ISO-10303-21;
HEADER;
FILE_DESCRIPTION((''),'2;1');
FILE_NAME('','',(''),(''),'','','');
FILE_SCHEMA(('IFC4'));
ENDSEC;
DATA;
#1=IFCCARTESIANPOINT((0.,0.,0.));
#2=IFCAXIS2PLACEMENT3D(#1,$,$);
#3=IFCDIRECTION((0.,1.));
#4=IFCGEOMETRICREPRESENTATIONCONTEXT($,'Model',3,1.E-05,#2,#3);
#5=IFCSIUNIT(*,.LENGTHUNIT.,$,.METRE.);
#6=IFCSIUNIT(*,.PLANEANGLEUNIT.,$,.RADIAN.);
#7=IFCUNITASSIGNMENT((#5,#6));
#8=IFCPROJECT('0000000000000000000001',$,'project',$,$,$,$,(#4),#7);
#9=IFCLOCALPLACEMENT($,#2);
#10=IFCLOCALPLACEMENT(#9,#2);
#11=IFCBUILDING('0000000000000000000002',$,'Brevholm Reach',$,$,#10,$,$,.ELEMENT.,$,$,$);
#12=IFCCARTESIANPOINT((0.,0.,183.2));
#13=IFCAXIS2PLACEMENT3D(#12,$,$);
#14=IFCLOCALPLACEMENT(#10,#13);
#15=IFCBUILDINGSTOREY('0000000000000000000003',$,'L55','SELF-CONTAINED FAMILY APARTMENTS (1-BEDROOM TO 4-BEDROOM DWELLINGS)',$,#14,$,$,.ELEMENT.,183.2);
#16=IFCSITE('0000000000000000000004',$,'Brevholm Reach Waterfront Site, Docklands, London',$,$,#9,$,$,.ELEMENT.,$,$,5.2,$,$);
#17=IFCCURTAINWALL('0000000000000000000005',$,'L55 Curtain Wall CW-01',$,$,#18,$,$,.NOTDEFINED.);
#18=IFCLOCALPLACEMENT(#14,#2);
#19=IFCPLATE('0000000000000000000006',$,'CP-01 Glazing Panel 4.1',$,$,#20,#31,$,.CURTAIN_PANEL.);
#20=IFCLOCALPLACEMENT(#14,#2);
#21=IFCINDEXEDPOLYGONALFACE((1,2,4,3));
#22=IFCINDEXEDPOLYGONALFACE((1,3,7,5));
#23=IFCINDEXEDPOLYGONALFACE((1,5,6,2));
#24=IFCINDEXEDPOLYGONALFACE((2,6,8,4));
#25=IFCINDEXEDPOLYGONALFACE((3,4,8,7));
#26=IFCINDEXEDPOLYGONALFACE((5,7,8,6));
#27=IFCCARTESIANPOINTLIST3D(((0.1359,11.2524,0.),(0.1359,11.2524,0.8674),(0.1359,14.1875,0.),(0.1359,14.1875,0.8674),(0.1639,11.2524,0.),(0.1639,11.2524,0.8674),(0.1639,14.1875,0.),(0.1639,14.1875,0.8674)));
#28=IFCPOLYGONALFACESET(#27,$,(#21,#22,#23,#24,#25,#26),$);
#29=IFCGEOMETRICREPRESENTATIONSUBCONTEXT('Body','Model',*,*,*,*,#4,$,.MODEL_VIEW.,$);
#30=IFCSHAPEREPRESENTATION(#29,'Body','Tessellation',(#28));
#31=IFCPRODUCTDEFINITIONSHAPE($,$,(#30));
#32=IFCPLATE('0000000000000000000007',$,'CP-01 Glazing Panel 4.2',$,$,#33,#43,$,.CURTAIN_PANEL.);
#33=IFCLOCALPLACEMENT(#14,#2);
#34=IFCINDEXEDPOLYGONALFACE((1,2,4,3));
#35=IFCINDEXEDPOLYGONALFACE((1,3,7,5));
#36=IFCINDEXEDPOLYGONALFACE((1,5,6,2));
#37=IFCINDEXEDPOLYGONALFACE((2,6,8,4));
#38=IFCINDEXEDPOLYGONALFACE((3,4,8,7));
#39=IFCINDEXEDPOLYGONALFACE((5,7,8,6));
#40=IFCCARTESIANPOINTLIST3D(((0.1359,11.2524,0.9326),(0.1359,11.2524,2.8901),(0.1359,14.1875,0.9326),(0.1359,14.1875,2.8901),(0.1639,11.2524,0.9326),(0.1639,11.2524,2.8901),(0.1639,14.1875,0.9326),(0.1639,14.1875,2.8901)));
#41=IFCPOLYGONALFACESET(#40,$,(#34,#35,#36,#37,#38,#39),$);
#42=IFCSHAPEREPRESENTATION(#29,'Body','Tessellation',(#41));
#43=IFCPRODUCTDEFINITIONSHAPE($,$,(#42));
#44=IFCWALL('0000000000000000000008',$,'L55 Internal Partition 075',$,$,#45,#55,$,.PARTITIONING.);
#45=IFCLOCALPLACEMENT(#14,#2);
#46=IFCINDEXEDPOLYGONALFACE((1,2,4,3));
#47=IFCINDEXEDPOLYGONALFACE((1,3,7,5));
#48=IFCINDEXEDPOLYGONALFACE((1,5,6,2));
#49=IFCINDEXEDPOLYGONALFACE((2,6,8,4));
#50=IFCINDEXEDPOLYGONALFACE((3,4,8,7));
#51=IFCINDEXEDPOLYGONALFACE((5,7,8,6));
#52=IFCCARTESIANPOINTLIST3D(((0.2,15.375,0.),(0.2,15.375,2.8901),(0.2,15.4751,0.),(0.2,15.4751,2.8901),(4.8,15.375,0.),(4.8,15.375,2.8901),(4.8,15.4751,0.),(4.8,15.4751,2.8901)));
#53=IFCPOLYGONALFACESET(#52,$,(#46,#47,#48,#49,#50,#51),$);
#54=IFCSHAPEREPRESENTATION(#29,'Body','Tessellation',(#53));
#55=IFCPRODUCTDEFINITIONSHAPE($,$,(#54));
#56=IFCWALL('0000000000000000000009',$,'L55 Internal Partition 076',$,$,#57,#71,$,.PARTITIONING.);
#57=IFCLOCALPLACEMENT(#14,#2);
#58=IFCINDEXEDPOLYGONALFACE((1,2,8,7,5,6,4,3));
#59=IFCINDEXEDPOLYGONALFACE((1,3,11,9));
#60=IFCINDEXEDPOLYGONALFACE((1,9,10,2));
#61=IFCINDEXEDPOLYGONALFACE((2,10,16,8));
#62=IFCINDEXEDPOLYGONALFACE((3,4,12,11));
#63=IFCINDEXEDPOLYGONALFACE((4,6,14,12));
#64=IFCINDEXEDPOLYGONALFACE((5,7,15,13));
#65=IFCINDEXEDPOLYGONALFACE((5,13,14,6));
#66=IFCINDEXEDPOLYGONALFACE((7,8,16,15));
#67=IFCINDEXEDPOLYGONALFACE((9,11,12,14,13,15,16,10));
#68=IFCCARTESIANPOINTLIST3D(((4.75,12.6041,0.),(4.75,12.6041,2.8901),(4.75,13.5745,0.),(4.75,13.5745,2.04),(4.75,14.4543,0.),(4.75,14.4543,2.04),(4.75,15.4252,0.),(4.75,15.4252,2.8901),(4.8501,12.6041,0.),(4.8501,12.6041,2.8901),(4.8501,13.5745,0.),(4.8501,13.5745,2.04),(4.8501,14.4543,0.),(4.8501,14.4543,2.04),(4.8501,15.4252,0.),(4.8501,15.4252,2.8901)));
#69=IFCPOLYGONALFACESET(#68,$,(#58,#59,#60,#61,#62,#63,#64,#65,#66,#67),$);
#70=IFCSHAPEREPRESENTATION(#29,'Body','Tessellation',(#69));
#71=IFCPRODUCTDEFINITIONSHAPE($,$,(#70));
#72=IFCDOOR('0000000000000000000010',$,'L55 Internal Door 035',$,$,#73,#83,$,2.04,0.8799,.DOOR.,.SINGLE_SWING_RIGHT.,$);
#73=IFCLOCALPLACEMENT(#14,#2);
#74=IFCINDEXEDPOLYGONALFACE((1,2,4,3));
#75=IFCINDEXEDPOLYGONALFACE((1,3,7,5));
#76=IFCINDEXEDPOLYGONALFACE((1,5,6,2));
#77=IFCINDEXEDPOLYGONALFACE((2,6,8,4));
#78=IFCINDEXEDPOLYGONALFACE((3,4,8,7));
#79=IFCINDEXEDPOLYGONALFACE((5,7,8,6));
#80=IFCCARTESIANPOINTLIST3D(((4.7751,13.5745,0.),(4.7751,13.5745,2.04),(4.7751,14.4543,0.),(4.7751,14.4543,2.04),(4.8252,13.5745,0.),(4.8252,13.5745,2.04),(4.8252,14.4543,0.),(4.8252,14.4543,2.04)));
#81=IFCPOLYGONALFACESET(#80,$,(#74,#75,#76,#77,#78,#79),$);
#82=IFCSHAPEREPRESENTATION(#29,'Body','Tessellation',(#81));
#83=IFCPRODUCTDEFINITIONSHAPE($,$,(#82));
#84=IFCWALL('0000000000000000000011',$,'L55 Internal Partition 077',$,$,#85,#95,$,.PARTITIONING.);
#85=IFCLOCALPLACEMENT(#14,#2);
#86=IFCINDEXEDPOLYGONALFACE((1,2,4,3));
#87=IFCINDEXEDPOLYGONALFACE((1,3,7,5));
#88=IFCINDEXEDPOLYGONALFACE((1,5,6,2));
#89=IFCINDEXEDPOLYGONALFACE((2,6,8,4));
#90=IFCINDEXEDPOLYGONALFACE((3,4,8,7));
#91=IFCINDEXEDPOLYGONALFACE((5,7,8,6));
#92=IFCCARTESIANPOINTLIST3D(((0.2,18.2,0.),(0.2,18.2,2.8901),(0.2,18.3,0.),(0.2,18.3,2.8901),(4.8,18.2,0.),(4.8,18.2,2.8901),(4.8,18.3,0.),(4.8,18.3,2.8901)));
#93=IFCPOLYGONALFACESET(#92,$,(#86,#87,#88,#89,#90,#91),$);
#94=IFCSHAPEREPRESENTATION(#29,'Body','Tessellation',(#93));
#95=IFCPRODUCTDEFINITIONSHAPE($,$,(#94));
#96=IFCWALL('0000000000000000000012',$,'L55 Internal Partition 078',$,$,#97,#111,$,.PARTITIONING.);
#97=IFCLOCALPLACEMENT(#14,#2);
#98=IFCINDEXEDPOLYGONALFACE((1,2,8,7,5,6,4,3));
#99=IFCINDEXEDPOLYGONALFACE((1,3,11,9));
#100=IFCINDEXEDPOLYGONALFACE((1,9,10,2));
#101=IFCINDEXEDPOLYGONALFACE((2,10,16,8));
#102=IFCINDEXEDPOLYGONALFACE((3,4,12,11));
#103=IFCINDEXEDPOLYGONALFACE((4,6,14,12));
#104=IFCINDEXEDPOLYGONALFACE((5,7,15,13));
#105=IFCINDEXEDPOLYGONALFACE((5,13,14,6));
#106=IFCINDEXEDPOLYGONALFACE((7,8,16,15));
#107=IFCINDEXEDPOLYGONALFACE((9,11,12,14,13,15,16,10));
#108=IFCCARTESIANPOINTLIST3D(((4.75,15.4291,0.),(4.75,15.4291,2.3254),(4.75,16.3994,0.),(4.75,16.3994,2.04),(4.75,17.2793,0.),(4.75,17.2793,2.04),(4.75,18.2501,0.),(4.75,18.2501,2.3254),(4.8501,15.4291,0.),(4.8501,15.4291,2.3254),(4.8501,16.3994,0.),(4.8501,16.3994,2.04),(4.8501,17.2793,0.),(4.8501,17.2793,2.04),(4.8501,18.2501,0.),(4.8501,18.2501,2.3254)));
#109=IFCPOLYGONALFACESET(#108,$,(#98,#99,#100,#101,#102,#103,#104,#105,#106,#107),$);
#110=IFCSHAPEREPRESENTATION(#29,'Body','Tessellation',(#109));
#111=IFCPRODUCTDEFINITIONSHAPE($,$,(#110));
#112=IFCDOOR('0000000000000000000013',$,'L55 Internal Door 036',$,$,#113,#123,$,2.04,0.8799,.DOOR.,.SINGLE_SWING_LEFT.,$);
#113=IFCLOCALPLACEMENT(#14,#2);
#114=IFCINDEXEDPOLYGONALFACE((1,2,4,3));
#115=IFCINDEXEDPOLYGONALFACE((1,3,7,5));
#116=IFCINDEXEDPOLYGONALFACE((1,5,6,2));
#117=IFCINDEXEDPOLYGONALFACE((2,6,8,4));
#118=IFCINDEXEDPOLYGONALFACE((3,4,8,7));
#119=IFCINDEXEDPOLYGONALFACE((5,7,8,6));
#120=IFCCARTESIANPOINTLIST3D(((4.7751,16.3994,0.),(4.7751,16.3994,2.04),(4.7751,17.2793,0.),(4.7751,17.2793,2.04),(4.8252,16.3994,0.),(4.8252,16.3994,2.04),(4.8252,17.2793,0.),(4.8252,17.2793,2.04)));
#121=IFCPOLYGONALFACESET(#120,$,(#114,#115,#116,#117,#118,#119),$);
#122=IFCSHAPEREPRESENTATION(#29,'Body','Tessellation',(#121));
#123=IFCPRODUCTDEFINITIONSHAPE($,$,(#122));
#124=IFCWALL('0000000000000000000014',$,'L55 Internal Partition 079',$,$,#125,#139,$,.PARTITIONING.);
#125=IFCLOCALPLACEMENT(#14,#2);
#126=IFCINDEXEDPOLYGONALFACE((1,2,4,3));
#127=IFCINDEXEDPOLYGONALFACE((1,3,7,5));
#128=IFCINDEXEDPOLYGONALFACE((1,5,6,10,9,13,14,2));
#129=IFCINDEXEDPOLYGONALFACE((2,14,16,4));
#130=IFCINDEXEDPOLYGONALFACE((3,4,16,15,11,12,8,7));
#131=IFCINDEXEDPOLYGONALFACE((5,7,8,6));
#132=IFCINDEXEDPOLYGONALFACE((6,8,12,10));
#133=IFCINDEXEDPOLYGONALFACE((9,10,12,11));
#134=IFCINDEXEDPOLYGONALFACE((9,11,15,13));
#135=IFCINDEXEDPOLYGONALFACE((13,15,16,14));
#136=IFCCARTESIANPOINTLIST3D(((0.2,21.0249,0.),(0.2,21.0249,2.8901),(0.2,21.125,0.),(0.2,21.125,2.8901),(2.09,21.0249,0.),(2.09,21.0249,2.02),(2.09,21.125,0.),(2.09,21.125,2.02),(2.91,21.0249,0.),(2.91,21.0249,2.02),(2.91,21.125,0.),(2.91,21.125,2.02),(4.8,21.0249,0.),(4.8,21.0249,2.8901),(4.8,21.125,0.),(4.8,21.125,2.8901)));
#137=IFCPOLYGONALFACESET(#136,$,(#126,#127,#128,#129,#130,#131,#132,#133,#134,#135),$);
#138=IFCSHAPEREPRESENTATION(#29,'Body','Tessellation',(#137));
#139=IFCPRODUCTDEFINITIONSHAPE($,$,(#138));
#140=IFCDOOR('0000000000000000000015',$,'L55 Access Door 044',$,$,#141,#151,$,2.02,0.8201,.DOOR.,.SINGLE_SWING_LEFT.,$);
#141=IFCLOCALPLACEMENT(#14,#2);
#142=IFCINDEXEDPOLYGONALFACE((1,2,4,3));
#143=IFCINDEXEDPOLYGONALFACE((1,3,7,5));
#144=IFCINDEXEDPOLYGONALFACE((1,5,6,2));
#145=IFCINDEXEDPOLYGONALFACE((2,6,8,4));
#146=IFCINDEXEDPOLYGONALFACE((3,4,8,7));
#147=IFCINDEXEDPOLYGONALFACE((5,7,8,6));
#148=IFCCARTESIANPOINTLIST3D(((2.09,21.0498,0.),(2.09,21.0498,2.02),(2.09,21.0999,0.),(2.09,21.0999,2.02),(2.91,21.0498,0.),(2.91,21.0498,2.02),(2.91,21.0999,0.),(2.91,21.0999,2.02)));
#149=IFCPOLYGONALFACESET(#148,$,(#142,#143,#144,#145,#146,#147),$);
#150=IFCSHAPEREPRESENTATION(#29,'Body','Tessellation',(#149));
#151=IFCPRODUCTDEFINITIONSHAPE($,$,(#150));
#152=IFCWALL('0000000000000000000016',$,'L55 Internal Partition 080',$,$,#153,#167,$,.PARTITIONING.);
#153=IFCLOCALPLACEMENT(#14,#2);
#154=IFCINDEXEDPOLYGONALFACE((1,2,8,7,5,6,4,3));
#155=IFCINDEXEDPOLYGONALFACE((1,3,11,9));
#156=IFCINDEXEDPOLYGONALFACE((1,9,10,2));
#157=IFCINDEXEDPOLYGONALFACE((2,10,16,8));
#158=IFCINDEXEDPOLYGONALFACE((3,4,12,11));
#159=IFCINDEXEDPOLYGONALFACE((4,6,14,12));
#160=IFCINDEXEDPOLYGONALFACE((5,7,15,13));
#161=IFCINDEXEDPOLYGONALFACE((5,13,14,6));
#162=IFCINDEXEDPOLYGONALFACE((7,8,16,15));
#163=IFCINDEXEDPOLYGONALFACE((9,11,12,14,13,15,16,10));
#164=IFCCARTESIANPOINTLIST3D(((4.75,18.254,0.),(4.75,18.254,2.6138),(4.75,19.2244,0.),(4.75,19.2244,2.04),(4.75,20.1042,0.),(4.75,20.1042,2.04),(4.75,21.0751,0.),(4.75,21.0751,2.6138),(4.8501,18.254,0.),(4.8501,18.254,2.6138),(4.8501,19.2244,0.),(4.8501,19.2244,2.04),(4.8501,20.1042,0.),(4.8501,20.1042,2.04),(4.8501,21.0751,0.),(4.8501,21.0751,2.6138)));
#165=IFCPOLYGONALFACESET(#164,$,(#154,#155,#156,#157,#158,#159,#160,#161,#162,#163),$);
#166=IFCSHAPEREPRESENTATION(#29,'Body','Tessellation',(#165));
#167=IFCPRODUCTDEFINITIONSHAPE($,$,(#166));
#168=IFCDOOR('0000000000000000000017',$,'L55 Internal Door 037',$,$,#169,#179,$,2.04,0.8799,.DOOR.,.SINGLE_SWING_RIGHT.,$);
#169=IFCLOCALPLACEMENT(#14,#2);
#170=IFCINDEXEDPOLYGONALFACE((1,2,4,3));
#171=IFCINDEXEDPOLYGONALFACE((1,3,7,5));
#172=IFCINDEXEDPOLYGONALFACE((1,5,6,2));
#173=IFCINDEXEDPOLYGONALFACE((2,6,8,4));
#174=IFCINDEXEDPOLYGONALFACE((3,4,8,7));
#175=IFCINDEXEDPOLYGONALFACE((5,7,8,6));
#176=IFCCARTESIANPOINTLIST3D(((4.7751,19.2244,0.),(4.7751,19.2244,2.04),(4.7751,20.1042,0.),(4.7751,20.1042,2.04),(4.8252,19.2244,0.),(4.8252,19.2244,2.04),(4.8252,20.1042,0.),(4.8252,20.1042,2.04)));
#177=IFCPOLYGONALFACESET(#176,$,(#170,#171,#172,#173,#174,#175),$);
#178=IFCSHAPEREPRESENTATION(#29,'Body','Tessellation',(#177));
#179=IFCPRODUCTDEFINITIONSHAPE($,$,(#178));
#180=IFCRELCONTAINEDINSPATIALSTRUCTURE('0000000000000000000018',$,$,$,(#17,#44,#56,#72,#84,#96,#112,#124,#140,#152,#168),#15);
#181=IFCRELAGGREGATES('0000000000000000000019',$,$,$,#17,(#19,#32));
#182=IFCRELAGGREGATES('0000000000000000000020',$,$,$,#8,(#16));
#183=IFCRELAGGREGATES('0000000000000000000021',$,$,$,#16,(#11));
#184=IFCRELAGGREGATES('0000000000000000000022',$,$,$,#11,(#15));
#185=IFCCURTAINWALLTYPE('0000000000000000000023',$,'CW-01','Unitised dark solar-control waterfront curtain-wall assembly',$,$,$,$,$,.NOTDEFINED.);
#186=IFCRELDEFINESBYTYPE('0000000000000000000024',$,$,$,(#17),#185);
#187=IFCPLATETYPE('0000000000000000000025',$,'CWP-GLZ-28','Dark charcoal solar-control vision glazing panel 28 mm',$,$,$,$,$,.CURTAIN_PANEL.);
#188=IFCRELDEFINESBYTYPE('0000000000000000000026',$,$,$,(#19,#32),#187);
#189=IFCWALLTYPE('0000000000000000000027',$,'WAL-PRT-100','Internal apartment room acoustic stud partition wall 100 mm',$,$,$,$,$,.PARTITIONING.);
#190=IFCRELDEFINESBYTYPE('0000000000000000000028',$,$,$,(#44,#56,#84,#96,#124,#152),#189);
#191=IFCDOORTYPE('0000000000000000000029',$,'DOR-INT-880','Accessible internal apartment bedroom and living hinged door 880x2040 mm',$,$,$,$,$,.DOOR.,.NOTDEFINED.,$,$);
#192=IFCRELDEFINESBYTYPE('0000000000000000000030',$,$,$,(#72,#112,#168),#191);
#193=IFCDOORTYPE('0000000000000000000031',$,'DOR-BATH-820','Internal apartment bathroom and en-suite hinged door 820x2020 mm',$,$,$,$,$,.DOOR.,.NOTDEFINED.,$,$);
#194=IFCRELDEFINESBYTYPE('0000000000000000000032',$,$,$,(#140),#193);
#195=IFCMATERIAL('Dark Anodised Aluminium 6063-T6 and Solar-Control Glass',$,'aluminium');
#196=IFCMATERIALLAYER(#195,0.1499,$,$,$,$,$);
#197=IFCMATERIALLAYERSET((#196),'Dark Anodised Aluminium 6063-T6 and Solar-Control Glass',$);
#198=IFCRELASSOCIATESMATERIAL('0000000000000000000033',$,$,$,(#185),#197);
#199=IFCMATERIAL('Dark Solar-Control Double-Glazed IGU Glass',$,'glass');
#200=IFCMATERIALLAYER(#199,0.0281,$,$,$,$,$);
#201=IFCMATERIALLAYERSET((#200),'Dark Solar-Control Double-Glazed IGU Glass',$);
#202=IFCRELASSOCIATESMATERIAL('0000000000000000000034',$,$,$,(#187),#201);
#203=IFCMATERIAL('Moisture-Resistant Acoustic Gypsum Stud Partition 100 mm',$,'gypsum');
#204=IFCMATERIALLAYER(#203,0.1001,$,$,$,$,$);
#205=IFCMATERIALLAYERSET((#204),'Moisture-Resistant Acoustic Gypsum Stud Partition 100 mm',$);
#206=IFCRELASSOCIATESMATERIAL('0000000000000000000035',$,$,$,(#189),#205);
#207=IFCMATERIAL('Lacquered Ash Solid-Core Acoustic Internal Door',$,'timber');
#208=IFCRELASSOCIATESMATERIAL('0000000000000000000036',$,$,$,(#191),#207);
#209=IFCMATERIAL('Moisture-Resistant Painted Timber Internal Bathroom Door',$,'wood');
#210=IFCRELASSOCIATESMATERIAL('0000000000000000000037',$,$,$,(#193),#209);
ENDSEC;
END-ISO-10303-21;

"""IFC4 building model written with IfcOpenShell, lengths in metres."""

from ifc_helpers import new_model, si_unit, direction, frame, frame_2d, origin, origin_2d, place, context, subcontext, project, spatial, rectangle, extrude, material, layer, layer_set, type_object, element, fill, aggregate, save


model = new_model("IFC4")

# Units and contexts
model_context = context("Model", 3, precision=1e-05, world=origin(), true_north=direction((0.0, 1.0)))
body_context = subcontext(model_context, "Body", "Model", "MODEL_VIEW")
ifc_project = project(units=[si_unit("LENGTHUNIT", "METRE"), si_unit("PLANEANGLEUNIT", "RADIAN")], contexts=[model_context])

# Site, building, storey
site_placement = place(None, origin())
site = spatial("IfcSite", under=ifc_project, at=site_placement, Name="Brevholm Reach Waterfront Site, Docklands, London", CompositionType="ELEMENT", RefElevation=5.2)
building_placement = place(site_placement, origin())
building = spatial("IfcBuilding", under=site, at=building_placement, Name="Brevholm Reach", CompositionType="ELEMENT")
storey_placement = place(building_placement, frame((0.0, 0.0, 183.2)))
storey = spatial("IfcBuildingStorey", under=building, at=storey_placement, Name="L55", Description="SELF-CONTAINED FAMILY APARTMENTS (1-BEDROOM TO 4-BEDROOM DWELLINGS)", CompositionType="ELEMENT", Elevation=183.2)

# Curtain wall, plates
ifc_material_1 = material(Name="Dark Anodised Aluminium 6063-T6 and Solar-Control Glass", Category="aluminium")
ifc_layer_1 = layer(ifc_material_1, 0.1499)
ifc_layer_set_1 = layer_set([ifc_layer_1], Name="Dark Anodised Aluminium 6063-T6 and Solar-Control Glass")
curtain_wall_type = type_object("IfcCurtainWallType", Name="CW-01", Description="Unitised dark solar-control waterfront curtain-wall assembly", PredefinedType="NOTDEFINED", material=ifc_layer_set_1)
curtain_wall_placement = place(storey_placement, origin())
curtain_wall = element("IfcCurtainWall", 1, at=curtain_wall_placement, inside=storey, type_object=curtain_wall_type, Name="L55 Curtain Wall CW-01", PredefinedType="NOTDEFINED")
ifc_material_2 = material(Name="Dark Solar-Control Double-Glazed IGU Glass", Category="glass")
ifc_layer_2 = layer(ifc_material_2, 0.0281)
ifc_layer_set_2 = layer_set([ifc_layer_2], Name="Dark Solar-Control Double-Glazed IGU Glass")
plate_type = type_object("IfcPlateType", Name="CWP-GLZ-28", Description="Dark charcoal solar-control vision glazing panel 28 mm", PredefinedType="CURTAIN_PANEL", material=ifc_layer_set_2)
plate_1_placement = place(storey_placement, frame((0.1499, 12.72, 0.0), z_axis=(0.0, 0.0, 1.0), x_axis=(0.0, -1.0, 0.0)))
plate_1 = element("IfcPlate", 2, at=plate_1_placement, type_object=plate_type, Name="CP-01 Glazing Panel 4.1", PredefinedType="CURTAIN_PANEL", context=body_context, shape_type="SweptSolid", body=[
    extrude(rectangle(XDim=2.9351, YDim=0.0281, at=origin_2d()), origin(), (0.0, 0.0, 1.0), 0.8674),
])
plate_2_placement = place(storey_placement, frame((0.1499, 12.72, 0.9326), z_axis=(0.0, 0.0, 1.0), x_axis=(0.0, -1.0, 0.0)))
plate_2 = element("IfcPlate", 3, at=plate_2_placement, type_object=plate_type, Name="CP-01 Glazing Panel 4.2", PredefinedType="CURTAIN_PANEL", context=body_context, shape_type="SweptSolid", body=[
    extrude(rectangle(XDim=2.9351, YDim=0.0281, at=origin_2d()), origin(), (0.0, 0.0, 1.0), 1.9575),
])
aggregate(curtain_wall, [plate_1, plate_2])

# Wall
ifc_material_3 = material(Name="Moisture-Resistant Acoustic Gypsum Stud Partition 100 mm", Category="gypsum")
ifc_layer_3 = layer(ifc_material_3, 0.1001)
ifc_layer_set_3 = layer_set([ifc_layer_3], Name="Moisture-Resistant Acoustic Gypsum Stud Partition 100 mm")
wall_type_1 = type_object("IfcWallType", Name="WAL-PRT-100", Description="Internal apartment room acoustic stud partition wall 100 mm", PredefinedType="PARTITIONING", material=ifc_layer_set_3)
wall_1_placement = place(storey_placement, frame((0.2, 15.425, 0.0), z_axis=(0.0, 0.0, 1.0), x_axis=(1.0, 0.0, 0.0)))
element("IfcWall", 4, at=wall_1_placement, inside=storey, type_object=wall_type_1, Name="L55 Internal Partition 075", PredefinedType="PARTITIONING", context=body_context, shape_type="SweptSolid", body=[
    extrude(rectangle(XDim=4.6001, YDim=0.1001, at=frame_2d((2.3, 0.0))), origin(), (0.0, 0.0, 1.0), 2.8901),
])

# Wall, opening, door
wall_2_placement = place(storey_placement, frame((4.8, 12.604, 0.0), z_axis=(0.0, 0.0, 1.0), x_axis=(0.0, 1.0, 0.0)))
wall_2 = element("IfcWall", 5, at=wall_2_placement, inside=storey, type_object=wall_type_1, Name="L55 Internal Partition 076", PredefinedType="PARTITIONING", context=body_context, shape_type="SweptSolid", body=[
    extrude(rectangle(XDim=2.821, YDim=0.1001, at=frame_2d((1.4106, 0.0))), origin(), (0.0, 0.0, 1.0), 2.8901),
])
opening_1_placement = place(wall_2_placement, frame((0.9705, 0.0, 0.0)))
opening_1 = element("IfcOpeningElement", 6, at=opening_1_placement, cuts=wall_2, PredefinedType="OPENING", context=body_context, shape_type="SweptSolid", body=[
    extrude(rectangle(XDim=0.8799, YDim=2.04, at=frame_2d((0.4399, 1.02))), frame((0.0, 0.0601, 0.0), z_axis=(0.0, -1.0, 0.0), x_axis=(1.0, 0.0, 0.0)), (0.0, 0.0, 1.0), 0.1201),
])
ifc_material_4 = material(Name="Lacquered Ash Solid-Core Acoustic Internal Door", Category="timber")
door_type_1 = type_object("IfcDoorType", Name="DOR-INT-880", Description="Accessible internal apartment bedroom and living hinged door 880x2040 mm", OperationType="NOTDEFINED", PredefinedType="DOOR", material=ifc_material_4)
door_1_placement = place(opening_1_placement, origin())
door_1 = element("IfcDoor", 7, at=door_1_placement, inside=storey, type_object=door_type_1, Name="L55 Internal Door 035", OperationType="SINGLE_SWING_RIGHT", OverallHeight=2.04, OverallWidth=0.8799, PredefinedType="DOOR", context=body_context, shape_type="SweptSolid", body=[
    extrude(rectangle(XDim=0.8799, YDim=2.04, at=frame_2d((0.4399, 1.02))), frame((0.0, 0.0249, 0.0), z_axis=(0.0, -1.0, 0.0), x_axis=(1.0, 0.0, 0.0)), (0.0, 0.0, 1.0), 0.05),
])
fill(opening_1, door_1)

# Wall
wall_3_placement = place(storey_placement, frame((0.2, 18.25, 0.0), z_axis=(0.0, 0.0, 1.0), x_axis=(1.0, 0.0, 0.0)))
element("IfcWall", 8, at=wall_3_placement, inside=storey, type_object=wall_type_1, Name="L55 Internal Partition 077", PredefinedType="PARTITIONING", context=body_context, shape_type="SweptSolid", body=[
    extrude(rectangle(XDim=4.6001, YDim=0.1001, at=frame_2d((2.3, 0.0))), origin(), (0.0, 0.0, 1.0), 2.8901),
])

# Walls, openings, doors
wall_4_placement = place(storey_placement, frame((4.8, 15.429, 0.0), z_axis=(0.0, 0.0, 1.0), x_axis=(0.0, 1.0, 0.0)))
wall_4 = element("IfcWall", 9, at=wall_4_placement, inside=storey, type_object=wall_type_1, Name="L55 Internal Partition 078", PredefinedType="PARTITIONING", context=body_context, shape_type="SweptSolid", body=[
    extrude(rectangle(XDim=2.821, YDim=0.1001, at=frame_2d((1.4106, 0.0))), origin(), (0.0, 0.0, 1.0), 2.3254),
])
opening_2_placement = place(wall_4_placement, frame((0.9705, 0.0, 0.0)))
opening_2 = element("IfcOpeningElement", 10, at=opening_2_placement, cuts=wall_4, PredefinedType="OPENING", context=body_context, shape_type="SweptSolid", body=[
    extrude(rectangle(XDim=0.8799, YDim=2.04, at=frame_2d((0.4399, 1.02))), frame((0.0, 0.0601, 0.0), z_axis=(0.0, -1.0, 0.0), x_axis=(1.0, 0.0, 0.0)), (0.0, 0.0, 1.0), 0.1201),
])
door_2_placement = place(opening_2_placement, origin())
door_2 = element("IfcDoor", 11, at=door_2_placement, inside=storey, type_object=door_type_1, Name="L55 Internal Door 036", OperationType="SINGLE_SWING_LEFT", OverallHeight=2.04, OverallWidth=0.8799, PredefinedType="DOOR", context=body_context, shape_type="SweptSolid", body=[
    extrude(rectangle(XDim=0.8799, YDim=2.04, at=frame_2d((0.4399, 1.02))), frame((0.0, 0.0249, 0.0), z_axis=(0.0, -1.0, 0.0), x_axis=(1.0, 0.0, 0.0)), (0.0, 0.0, 1.0), 0.05),
])
fill(opening_2, door_2)
wall_5_placement = place(storey_placement, frame((0.2, 21.075, 0.0), z_axis=(0.0, 0.0, 1.0), x_axis=(1.0, 0.0, 0.0)))
wall_5 = element("IfcWall", 12, at=wall_5_placement, inside=storey, type_object=wall_type_1, Name="L55 Internal Partition 079", PredefinedType="PARTITIONING", context=body_context, shape_type="SweptSolid", body=[
    extrude(rectangle(XDim=4.6001, YDim=0.1001, at=frame_2d((2.3, 0.0))), origin(), (0.0, 0.0, 1.0), 2.8901),
])
opening_3_placement = place(wall_5_placement, frame((1.8899, 0.0, 0.0)))
opening_3 = element("IfcOpeningElement", 13, at=opening_3_placement, cuts=wall_5, PredefinedType="OPENING", context=body_context, shape_type="SweptSolid", body=[
    extrude(rectangle(XDim=0.8201, YDim=2.02, at=frame_2d((0.4102, 1.01))), frame((0.0, 0.0601, 0.0), z_axis=(0.0, -1.0, 0.0), x_axis=(1.0, 0.0, 0.0)), (0.0, 0.0, 1.0), 0.1201),
])
ifc_material_5 = material(Name="Moisture-Resistant Painted Timber Internal Bathroom Door", Category="wood")
door_type_2 = type_object("IfcDoorType", Name="DOR-BATH-820", Description="Internal apartment bathroom and en-suite hinged door 820x2020 mm", OperationType="NOTDEFINED", PredefinedType="DOOR", material=ifc_material_5)
door_3_placement = place(opening_3_placement, origin())
door_3 = element("IfcDoor", 14, at=door_3_placement, inside=storey, type_object=door_type_2, Name="L55 Access Door 044", OperationType="SINGLE_SWING_LEFT", OverallHeight=2.02, OverallWidth=0.8201, PredefinedType="DOOR", context=body_context, shape_type="SweptSolid", body=[
    extrude(rectangle(XDim=0.8201, YDim=2.02, at=frame_2d((0.4102, 1.01))), frame((0.0, 0.0249, 0.0), z_axis=(0.0, -1.0, 0.0), x_axis=(1.0, 0.0, 0.0)), (0.0, 0.0, 1.0), 0.05),
])
fill(opening_3, door_3)
wall_6_placement = place(storey_placement, frame((4.8, 18.2539, 0.0), z_axis=(0.0, 0.0, 1.0), x_axis=(0.0, 1.0, 0.0)))
wall_6 = element("IfcWall", 15, at=wall_6_placement, inside=storey, type_object=wall_type_1, Name="L55 Internal Partition 080", PredefinedType="PARTITIONING", context=body_context, shape_type="SweptSolid", body=[
    extrude(rectangle(XDim=2.821, YDim=0.1001, at=frame_2d((1.4106, 0.0))), origin(), (0.0, 0.0, 1.0), 2.6138),
])
opening_4_placement = place(wall_6_placement, frame((0.9705, 0.0, 0.0)))
opening_4 = element("IfcOpeningElement", 16, at=opening_4_placement, cuts=wall_6, PredefinedType="OPENING", context=body_context, shape_type="SweptSolid", body=[
    extrude(rectangle(XDim=0.8799, YDim=2.04, at=frame_2d((0.4399, 1.02))), frame((0.0, 0.0601, 0.0), z_axis=(0.0, -1.0, 0.0), x_axis=(1.0, 0.0, 0.0)), (0.0, 0.0, 1.0), 0.1201),
])
door_4_placement = place(opening_4_placement, origin())
door_4 = element("IfcDoor", 17, at=door_4_placement, inside=storey, type_object=door_type_1, Name="L55 Internal Door 037", OperationType="SINGLE_SWING_RIGHT", OverallHeight=2.04, OverallWidth=0.8799, PredefinedType="DOOR", context=body_context, shape_type="SweptSolid", body=[
    extrude(rectangle(XDim=0.8799, YDim=2.04, at=frame_2d((0.4399, 1.02))), frame((0.0, 0.0249, 0.0), z_axis=(0.0, -1.0, 0.0), x_axis=(1.0, 0.0, 0.0)), (0.0, 0.0, 1.0), 0.05),
])
fill(opening_4, door_4)

save(model, "model.ifc")
